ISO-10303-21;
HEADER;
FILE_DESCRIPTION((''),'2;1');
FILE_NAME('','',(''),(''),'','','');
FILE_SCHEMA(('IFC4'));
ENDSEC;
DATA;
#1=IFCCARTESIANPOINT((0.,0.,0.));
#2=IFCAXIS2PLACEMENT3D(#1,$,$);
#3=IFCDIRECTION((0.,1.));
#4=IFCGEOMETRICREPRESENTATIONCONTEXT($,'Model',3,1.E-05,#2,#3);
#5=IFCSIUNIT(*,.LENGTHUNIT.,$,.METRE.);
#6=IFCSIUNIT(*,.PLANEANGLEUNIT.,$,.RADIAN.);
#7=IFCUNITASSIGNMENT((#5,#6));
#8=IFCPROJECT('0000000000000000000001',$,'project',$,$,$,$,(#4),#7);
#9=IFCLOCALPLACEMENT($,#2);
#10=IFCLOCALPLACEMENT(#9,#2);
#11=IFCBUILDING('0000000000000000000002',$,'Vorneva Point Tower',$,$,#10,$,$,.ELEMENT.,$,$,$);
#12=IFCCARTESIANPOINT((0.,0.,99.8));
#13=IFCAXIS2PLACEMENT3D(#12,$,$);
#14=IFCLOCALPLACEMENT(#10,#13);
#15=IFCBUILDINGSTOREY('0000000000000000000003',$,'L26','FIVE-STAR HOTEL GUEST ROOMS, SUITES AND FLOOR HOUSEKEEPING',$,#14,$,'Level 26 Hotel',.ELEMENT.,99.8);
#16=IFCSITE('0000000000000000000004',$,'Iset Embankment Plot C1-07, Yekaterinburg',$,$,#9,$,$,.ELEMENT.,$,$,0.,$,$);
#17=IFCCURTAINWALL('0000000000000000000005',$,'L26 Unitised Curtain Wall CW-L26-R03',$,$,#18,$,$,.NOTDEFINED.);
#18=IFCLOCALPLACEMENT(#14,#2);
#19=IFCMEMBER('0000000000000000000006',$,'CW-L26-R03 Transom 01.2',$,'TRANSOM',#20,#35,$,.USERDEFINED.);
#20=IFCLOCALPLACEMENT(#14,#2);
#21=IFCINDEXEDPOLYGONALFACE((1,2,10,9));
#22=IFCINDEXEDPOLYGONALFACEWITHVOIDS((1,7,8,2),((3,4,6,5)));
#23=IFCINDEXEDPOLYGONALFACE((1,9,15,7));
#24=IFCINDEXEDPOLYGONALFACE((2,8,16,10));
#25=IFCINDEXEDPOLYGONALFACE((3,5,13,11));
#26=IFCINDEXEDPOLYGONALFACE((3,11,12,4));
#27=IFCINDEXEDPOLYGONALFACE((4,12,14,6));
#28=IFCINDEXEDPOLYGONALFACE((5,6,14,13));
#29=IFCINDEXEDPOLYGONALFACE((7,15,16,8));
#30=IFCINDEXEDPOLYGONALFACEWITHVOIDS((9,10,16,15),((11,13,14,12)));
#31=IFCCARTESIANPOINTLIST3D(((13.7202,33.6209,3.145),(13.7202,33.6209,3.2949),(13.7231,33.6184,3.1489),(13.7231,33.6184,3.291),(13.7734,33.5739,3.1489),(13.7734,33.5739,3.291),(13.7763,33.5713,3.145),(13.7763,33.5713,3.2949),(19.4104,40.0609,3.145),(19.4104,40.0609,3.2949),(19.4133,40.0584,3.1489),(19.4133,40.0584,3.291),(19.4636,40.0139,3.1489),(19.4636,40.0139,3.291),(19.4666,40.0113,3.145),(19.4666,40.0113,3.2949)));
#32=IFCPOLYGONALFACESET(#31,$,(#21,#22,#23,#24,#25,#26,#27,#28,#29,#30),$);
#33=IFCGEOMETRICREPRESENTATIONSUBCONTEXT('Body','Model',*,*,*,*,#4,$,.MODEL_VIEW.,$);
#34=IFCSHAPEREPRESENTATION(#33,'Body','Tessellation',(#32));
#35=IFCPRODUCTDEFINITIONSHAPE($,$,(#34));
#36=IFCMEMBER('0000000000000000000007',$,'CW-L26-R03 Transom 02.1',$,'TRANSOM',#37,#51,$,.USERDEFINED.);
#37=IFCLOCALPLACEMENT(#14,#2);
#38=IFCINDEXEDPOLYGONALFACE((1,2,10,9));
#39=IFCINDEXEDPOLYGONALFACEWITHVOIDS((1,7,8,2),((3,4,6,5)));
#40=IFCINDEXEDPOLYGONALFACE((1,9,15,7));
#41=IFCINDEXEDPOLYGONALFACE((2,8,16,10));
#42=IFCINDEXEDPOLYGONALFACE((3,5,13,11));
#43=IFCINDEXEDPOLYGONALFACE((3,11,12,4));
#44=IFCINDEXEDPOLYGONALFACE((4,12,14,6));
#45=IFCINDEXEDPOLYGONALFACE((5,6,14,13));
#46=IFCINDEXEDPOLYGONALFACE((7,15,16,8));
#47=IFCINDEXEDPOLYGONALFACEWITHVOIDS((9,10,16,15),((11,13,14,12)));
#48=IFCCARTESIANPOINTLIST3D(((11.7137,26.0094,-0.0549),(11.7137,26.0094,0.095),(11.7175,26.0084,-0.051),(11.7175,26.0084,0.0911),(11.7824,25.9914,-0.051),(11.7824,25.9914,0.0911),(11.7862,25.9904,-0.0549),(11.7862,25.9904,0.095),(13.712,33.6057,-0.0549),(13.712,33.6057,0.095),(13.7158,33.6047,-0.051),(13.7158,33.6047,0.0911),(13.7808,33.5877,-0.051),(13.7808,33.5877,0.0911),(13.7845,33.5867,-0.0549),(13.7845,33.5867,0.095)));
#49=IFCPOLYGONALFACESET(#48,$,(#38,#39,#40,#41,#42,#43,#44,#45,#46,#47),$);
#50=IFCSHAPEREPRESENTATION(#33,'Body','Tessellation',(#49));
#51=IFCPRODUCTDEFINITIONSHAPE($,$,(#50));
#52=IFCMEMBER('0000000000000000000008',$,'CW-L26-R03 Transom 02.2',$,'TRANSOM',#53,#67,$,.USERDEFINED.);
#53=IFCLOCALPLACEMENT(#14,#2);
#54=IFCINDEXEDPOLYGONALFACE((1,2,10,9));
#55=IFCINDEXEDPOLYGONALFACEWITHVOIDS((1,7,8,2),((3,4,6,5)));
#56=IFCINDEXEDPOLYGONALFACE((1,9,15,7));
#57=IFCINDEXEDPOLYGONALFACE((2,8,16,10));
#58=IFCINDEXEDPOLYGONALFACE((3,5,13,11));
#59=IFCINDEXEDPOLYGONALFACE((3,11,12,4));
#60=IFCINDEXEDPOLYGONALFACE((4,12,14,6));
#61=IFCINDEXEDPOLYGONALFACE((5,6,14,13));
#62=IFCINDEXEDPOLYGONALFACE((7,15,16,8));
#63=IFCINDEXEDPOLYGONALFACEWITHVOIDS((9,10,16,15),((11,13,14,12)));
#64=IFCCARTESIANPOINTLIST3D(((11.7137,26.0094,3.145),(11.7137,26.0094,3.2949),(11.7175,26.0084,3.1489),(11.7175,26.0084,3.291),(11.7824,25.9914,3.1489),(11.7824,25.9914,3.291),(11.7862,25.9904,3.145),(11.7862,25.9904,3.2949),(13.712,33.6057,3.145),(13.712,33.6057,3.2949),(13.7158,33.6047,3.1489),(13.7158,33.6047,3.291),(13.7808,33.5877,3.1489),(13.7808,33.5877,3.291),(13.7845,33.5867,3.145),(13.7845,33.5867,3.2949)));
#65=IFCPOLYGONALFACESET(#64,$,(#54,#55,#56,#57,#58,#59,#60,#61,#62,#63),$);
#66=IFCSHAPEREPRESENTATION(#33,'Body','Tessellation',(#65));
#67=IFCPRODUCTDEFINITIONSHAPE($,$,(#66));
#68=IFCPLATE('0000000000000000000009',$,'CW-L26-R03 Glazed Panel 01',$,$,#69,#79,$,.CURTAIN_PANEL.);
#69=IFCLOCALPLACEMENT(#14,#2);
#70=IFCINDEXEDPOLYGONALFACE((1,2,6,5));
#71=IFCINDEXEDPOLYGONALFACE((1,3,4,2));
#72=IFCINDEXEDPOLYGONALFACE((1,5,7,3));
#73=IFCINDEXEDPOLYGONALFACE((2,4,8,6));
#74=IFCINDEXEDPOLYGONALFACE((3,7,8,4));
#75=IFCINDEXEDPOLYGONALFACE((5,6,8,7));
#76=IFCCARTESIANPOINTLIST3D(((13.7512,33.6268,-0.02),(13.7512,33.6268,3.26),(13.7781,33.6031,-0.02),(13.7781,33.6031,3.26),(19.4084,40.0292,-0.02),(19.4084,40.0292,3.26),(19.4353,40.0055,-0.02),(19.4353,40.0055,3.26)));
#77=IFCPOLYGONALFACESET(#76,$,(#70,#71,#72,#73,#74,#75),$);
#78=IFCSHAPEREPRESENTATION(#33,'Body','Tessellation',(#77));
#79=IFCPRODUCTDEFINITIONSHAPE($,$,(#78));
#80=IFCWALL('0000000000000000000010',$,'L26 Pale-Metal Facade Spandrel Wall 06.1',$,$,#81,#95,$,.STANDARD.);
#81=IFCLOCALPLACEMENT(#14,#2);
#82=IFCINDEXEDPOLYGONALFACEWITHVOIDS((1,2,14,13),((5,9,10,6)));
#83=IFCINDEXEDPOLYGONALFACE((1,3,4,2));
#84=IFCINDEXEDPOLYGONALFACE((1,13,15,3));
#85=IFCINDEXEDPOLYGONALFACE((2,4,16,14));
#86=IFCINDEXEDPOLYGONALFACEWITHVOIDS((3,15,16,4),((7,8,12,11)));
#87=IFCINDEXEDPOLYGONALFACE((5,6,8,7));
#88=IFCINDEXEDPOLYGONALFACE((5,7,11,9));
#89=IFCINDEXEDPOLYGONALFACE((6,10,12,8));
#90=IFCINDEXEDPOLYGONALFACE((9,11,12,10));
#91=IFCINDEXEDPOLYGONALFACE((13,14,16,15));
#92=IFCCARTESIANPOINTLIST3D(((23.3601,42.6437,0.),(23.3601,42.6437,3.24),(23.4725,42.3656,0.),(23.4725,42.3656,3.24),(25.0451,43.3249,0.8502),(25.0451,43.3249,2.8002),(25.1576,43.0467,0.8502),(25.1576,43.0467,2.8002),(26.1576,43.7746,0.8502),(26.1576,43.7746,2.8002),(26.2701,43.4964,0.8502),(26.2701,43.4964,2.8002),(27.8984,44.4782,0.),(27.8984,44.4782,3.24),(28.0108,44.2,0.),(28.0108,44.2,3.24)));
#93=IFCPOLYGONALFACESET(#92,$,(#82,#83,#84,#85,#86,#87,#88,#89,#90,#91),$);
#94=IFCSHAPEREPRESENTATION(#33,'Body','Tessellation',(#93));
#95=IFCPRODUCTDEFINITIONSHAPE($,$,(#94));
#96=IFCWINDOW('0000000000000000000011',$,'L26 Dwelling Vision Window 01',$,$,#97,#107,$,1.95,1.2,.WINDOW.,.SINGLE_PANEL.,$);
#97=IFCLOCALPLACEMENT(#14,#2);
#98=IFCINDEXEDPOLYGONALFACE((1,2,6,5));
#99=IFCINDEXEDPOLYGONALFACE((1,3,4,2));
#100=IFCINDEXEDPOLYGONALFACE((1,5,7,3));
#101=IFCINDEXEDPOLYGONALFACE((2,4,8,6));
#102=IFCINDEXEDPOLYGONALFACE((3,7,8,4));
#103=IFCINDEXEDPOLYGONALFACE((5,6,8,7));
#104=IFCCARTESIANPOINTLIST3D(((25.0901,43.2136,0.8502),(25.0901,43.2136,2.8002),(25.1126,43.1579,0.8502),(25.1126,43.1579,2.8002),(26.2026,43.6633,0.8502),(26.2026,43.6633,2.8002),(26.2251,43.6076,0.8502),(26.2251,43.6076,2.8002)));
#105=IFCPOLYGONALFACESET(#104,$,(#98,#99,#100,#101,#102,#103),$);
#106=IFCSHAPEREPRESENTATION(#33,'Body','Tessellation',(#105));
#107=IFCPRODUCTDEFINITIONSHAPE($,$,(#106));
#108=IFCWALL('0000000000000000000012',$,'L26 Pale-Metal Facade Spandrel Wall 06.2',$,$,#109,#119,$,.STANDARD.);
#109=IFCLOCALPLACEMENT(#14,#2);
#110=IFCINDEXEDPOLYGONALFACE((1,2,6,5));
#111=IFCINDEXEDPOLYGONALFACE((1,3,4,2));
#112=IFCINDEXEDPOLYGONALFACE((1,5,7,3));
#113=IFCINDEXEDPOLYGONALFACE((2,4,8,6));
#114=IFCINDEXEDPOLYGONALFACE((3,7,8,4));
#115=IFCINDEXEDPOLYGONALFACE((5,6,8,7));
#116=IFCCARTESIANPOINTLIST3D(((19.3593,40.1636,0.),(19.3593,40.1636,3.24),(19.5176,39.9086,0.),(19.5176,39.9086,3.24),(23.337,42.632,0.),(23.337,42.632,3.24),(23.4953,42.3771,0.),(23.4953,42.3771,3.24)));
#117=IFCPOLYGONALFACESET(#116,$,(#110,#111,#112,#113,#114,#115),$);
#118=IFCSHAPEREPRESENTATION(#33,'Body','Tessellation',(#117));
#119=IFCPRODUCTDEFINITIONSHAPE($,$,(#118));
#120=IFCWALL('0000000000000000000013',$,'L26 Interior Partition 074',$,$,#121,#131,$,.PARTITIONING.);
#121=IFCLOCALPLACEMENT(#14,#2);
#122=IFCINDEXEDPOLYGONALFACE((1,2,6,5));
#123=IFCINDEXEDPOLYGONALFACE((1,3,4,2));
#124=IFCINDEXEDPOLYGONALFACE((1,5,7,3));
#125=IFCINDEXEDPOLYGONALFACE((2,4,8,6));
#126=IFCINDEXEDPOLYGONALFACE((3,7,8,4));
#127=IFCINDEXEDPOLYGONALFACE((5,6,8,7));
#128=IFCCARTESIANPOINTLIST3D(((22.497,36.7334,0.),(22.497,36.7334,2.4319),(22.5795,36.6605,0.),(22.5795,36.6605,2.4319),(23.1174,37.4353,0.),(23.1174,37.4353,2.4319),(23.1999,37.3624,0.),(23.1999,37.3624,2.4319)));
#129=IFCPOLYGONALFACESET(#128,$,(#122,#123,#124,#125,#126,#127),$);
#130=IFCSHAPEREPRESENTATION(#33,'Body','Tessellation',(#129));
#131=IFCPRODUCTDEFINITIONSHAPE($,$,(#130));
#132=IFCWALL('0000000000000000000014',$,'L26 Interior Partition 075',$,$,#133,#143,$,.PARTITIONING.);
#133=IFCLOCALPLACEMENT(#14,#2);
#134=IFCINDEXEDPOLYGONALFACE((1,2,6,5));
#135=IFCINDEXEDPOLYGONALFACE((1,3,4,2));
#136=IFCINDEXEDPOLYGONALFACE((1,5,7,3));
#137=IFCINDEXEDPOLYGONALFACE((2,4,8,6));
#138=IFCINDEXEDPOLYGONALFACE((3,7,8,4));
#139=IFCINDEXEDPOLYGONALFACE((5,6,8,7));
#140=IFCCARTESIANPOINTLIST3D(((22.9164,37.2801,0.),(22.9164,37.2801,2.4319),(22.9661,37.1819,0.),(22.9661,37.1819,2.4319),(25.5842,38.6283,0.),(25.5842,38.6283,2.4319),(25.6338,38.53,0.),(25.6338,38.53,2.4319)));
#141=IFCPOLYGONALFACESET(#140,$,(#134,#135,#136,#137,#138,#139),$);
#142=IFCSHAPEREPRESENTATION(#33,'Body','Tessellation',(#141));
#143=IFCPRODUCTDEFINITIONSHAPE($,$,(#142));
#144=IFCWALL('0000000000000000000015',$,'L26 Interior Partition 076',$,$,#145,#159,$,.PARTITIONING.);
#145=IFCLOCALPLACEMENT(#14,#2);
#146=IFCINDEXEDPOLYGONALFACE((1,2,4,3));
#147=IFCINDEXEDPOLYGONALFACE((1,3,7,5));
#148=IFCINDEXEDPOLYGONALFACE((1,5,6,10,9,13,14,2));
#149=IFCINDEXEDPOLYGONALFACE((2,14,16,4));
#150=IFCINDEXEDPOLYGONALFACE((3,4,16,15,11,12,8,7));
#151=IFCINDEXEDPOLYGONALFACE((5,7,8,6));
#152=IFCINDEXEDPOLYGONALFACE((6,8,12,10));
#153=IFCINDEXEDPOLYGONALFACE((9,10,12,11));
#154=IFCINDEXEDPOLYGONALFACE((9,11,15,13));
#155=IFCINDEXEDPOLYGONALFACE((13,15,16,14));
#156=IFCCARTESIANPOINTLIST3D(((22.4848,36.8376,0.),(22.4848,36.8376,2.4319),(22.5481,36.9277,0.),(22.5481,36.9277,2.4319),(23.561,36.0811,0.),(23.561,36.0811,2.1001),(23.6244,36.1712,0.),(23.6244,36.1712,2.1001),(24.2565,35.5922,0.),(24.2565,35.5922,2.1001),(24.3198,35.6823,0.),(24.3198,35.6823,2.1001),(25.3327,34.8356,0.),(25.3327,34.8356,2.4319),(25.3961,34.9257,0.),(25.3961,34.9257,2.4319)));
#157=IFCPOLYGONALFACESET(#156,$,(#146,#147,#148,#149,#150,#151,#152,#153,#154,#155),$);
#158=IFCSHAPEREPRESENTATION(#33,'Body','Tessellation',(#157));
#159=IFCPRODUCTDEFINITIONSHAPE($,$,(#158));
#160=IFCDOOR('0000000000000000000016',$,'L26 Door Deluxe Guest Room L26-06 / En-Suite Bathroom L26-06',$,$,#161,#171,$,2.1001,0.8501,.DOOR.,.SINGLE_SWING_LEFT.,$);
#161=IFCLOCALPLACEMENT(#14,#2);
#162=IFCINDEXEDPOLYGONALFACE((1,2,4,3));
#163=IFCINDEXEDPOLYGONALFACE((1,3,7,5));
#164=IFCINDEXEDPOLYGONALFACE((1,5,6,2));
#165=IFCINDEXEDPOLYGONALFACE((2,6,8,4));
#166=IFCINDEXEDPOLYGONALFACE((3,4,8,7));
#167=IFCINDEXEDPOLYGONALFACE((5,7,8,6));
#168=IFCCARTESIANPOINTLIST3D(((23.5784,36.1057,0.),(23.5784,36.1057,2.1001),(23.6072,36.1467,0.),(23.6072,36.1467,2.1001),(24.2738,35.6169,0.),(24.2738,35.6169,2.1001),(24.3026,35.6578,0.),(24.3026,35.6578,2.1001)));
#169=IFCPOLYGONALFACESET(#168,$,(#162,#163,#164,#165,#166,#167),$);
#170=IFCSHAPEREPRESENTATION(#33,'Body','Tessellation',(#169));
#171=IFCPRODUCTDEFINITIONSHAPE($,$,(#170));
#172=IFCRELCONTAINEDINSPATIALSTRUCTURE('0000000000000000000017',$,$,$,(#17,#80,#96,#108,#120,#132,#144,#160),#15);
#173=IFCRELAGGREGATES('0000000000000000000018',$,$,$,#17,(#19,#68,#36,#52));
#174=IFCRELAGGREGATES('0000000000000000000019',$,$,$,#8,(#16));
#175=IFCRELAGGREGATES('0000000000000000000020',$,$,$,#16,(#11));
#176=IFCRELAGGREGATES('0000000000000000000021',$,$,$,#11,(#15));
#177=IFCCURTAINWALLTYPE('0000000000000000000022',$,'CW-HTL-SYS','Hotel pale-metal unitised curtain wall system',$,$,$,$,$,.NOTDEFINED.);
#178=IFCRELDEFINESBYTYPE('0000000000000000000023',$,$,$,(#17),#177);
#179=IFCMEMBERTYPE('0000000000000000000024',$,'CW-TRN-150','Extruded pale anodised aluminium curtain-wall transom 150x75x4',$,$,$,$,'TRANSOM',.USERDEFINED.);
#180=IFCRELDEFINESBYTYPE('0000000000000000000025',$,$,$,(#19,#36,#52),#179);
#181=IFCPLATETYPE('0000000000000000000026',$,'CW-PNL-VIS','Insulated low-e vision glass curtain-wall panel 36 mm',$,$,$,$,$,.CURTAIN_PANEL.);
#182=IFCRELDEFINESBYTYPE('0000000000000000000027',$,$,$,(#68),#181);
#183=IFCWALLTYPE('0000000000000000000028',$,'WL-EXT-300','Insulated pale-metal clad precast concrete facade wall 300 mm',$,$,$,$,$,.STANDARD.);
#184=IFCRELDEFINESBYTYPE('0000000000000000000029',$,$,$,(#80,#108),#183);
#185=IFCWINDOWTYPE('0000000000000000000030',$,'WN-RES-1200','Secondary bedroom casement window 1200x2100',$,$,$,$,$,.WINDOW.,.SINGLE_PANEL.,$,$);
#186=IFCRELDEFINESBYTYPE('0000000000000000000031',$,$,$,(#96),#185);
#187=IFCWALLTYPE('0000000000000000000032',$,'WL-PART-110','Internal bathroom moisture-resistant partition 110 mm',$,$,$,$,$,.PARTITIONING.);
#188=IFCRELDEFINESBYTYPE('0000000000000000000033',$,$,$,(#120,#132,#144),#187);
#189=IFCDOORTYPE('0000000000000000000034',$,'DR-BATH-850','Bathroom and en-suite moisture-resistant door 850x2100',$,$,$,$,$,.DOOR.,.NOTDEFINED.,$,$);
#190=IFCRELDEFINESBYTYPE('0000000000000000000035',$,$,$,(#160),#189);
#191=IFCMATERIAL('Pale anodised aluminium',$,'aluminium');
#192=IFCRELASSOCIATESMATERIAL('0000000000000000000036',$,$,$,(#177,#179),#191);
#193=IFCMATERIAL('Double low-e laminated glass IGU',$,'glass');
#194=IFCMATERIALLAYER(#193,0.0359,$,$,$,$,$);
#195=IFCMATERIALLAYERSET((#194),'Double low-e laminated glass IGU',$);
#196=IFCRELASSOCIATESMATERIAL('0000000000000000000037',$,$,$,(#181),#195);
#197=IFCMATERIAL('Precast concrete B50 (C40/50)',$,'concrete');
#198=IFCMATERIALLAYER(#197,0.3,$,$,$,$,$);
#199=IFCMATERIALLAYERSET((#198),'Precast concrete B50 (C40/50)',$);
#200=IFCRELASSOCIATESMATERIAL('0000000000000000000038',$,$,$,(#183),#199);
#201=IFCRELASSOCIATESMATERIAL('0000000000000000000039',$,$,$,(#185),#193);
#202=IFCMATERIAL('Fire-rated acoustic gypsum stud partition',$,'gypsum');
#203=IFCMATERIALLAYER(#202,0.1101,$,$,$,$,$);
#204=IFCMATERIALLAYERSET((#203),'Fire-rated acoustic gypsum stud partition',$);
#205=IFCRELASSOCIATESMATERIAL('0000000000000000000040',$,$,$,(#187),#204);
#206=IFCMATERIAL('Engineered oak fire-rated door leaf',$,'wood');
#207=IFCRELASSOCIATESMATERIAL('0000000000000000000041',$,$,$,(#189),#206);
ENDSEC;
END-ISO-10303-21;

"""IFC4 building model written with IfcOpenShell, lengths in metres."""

from ifc_helpers import new_model, si_unit, direction, frame, frame_2d, origin, origin_2d, place, context, subcontext, project, spatial, rectangle, hollow_rectangle, extrude, material, layer, layer_set, material_profile, profile_set, type_object, element, fill, aggregate, save


model = new_model("IFC4")

# Units and contexts
model_context = context("Model", 3, precision=1e-05, world=origin(), true_north=direction((0.0, 1.0)))
body_context = subcontext(model_context, "Body", "Model", "MODEL_VIEW")
ifc_project = project(units=[si_unit("LENGTHUNIT", "METRE"), si_unit("PLANEANGLEUNIT", "RADIAN")], contexts=[model_context])

# Site, building, storey
site_placement = place(None, origin())
site = spatial("IfcSite", under=ifc_project, at=site_placement, Name="Iset Embankment Plot C1-07, Yekaterinburg", CompositionType="ELEMENT", RefElevation=0.0)
building_placement = place(site_placement, origin())
building = spatial("IfcBuilding", under=site, at=building_placement, Name="Vorneva Point Tower", CompositionType="ELEMENT")
storey_placement = place(building_placement, frame((0.0, 0.0, 99.8)))
storey = spatial("IfcBuildingStorey", under=building, at=storey_placement, Name="L26", Description="FIVE-STAR HOTEL GUEST ROOMS, SUITES AND FLOOR HOUSEKEEPING", LongName="Level 26 Hotel", CompositionType="ELEMENT", Elevation=99.8)

# Shared definitions
ifc_material_1 = material(Name="Pale anodised aluminium", Category="aluminium")
curtain_wall_type = type_object("IfcCurtainWallType", Name="CW-HTL-SYS", Description="Hotel pale-metal unitised curtain wall system", PredefinedType="NOTDEFINED", material=ifc_material_1)

# Curtain wall, members, plate
curtain_wall_1_placement = place(storey_placement, origin())
curtain_wall_1 = element("IfcCurtainWall", 1, at=curtain_wall_1_placement, inside=storey, type_object=curtain_wall_type, Name="L26 Unitised Curtain Wall CW-L26-R03", PredefinedType="NOTDEFINED")
ifc_material_profile_1 = material_profile(ifc_material_1, hollow_rectangle(XDim=0.075, YDim=0.1499, WallThickness=0.0039, at=origin_2d()), Name="AL-TRN 150x75x4")
ifc_profile_set_1 = profile_set([ifc_material_profile_1], Name="Pale anodised aluminium")
member_type_1 = type_object("IfcMemberType", Name="CW-TRN-150", Description="Extruded pale anodised aluminium curtain-wall transom 150x75x4", ElementType="TRANSOM", PredefinedType="USERDEFINED", material=ifc_profile_set_1)
member_1_placement = place(storey_placement, frame((19.4385, 40.0361, 3.22), z_axis=(-0.662137, -0.749383, 0.0), x_axis=(0.749383, -0.662137, 0.0)))
member_1 = element("IfcMember", 2, at=member_1_placement, type_object=member_type_1, Name="CW-L26-R03 Transom 01.2", ObjectType="TRANSOM", PredefinedType="USERDEFINED", context=body_context, shape_type="SweptSolid", body=[
    extrude(hollow_rectangle(XDim=0.075, YDim=0.1499, WallThickness=0.0039, at=origin_2d()), origin(), (0.0, 0.0, 1.0), 8.5938),
])
member_2_placement = place(storey_placement, frame((13.7483, 33.5962, 0.02), z_axis=(-0.254409, -0.967097, 0.0), x_axis=(0.967097, -0.254409, 0.0)))
member_2 = element("IfcMember", 3, at=member_2_placement, type_object=member_type_1, Name="CW-L26-R03 Transom 02.1", ObjectType="TRANSOM", PredefinedType="USERDEFINED", context=body_context, shape_type="SweptSolid", body=[
    extrude(hollow_rectangle(XDim=0.075, YDim=0.1499, WallThickness=0.0039, at=origin_2d()), origin(), (0.0, 0.0, 1.0), 7.8547),
])
member_3_placement = place(storey_placement, frame((13.7483, 33.5962, 3.22), z_axis=(-0.254409, -0.967097, 0.0), x_axis=(0.967097, -0.254409, 0.0)))
member_3 = element("IfcMember", 4, at=member_3_placement, type_object=member_type_1, Name="CW-L26-R03 Transom 02.2", ObjectType="TRANSOM", PredefinedType="USERDEFINED", context=body_context, shape_type="SweptSolid", body=[
    extrude(hollow_rectangle(XDim=0.075, YDim=0.1499, WallThickness=0.0039, at=origin_2d()), origin(), (0.0, 0.0, 1.0), 7.8547),
])
ifc_material_2 = material(Name="Double low-e laminated glass IGU", Category="glass")
ifc_layer_1 = layer(ifc_material_2, 0.0359)
ifc_layer_set_1 = layer_set([ifc_layer_1], Name="Double low-e laminated glass IGU")
plate_type = type_object("IfcPlateType", Name="CW-PNL-VIS", Description="Insulated low-e vision glass curtain-wall panel 36 mm", PredefinedType="CURTAIN_PANEL", material=ifc_layer_set_1)
plate_placement = place(storey_placement, frame((16.5933, 36.8162, -0.02), z_axis=(0.0, 0.0, 1.0), x_axis=(-0.662149, -0.749372, 0.0)))
plate = element("IfcPlate", 5, at=plate_placement, type_object=plate_type, Name="CW-L26-R03 Glazed Panel 01", PredefinedType="CURTAIN_PANEL", context=body_context, shape_type="SweptSolid", body=[
    extrude(rectangle(XDim=8.5437, YDim=0.0359, at=origin_2d()), origin(), (0.0, 0.0, 1.0), 3.28),
])
aggregate(curtain_wall_1, [member_1, plate, member_2, member_3])

# Wall, opening, window
ifc_material_3 = material(Name="Precast concrete B50 (C40/50)", Category="concrete")
ifc_layer_2 = layer(ifc_material_3, 0.3)
ifc_layer_set_2 = layer_set([ifc_layer_2], Name="Precast concrete B50 (C40/50)")
wall_type_1 = type_object("IfcWallType", Name="WL-EXT-300", Description="Insulated pale-metal clad precast concrete facade wall 300 mm", PredefinedType="STANDARD", material=ifc_layer_set_2)
wall_1_placement = place(storey_placement, frame((27.9546, 44.3391, 0.0), z_axis=(0.0, 0.0, 1.0), x_axis=(-0.927122, -0.374759, 0.0)))
wall_1 = element("IfcWall", 6, at=wall_1_placement, inside=storey, type_object=wall_type_1, Name="L26 Pale-Metal Facade Spandrel Wall 06.1", PredefinedType="STANDARD", context=body_context, shape_type="SweptSolid", body=[
    extrude(rectangle(XDim=4.895, YDim=0.3, at=frame_2d((2.4475, 0.0))), origin(), (0.0, 0.0, 1.0), 3.24),
])
opening_1_placement = place(wall_1_placement, frame((1.8774, 0.0, 0.8501)))
opening_1 = element("IfcOpeningElement", 7, at=opening_1_placement, cuts=wall_1, PredefinedType="OPENING", context=body_context, shape_type="SweptSolid", body=[
    extrude(rectangle(XDim=1.2, YDim=1.95, at=frame_2d((0.6001, 0.9751))), frame((0.0, 0.165, 0.0), z_axis=(0.0, -1.0, 0.0), x_axis=(1.0, 0.0, 0.0)), (0.0, 0.0, 1.0), 0.3298),
])
window_type = type_object("IfcWindowType", Name="WN-RES-1200", Description="Secondary bedroom casement window 1200x2100", PartitioningType="SINGLE_PANEL", PredefinedType="WINDOW", material=ifc_material_2)
window_placement = place(opening_1_placement, origin())
window = element("IfcWindow", 8, at=window_placement, inside=storey, type_object=window_type, Name="L26 Dwelling Vision Window 01", OverallHeight=1.95, OverallWidth=1.2, PartitioningType="SINGLE_PANEL", PredefinedType="WINDOW", context=body_context, shape_type="SweptSolid", body=[
    extrude(rectangle(XDim=1.2, YDim=1.95, at=frame_2d((0.6001, 0.9751))), frame((0.0, 0.03, 0.0), z_axis=(0.0, -1.0, 0.0), x_axis=(1.0, 0.0, 0.0)), (0.0, 0.0, 1.0), 0.0601),
])
fill(opening_1, window)

# Walls
wall_2_placement = place(storey_placement, frame((23.4163, 42.5046, 0.0), z_axis=(0.0, 0.0, 1.0), x_axis=(-0.849684, -0.527291, 0.0)))
element("IfcWall", 9, at=wall_2_placement, inside=storey, type_object=wall_type_1, Name="L26 Pale-Metal Facade Spandrel Wall 06.2", PredefinedType="STANDARD", context=body_context, shape_type="SweptSolid", body=[
    extrude(rectangle(XDim=4.6814, YDim=0.3, at=frame_2d((2.3408, 0.0))), origin(), (0.0, 0.0, 1.0), 3.24),
])
ifc_material_4 = material(Name="Fire-rated acoustic gypsum stud partition", Category="gypsum")
ifc_layer_3 = layer(ifc_material_4, 0.1101)
ifc_layer_set_3 = layer_set([ifc_layer_3], Name="Fire-rated acoustic gypsum stud partition")
wall_type_2 = type_object("IfcWallType", Name="WL-PART-110", Description="Internal bathroom moisture-resistant partition 110 mm", PredefinedType="PARTITIONING", material=ifc_layer_set_3)
wall_3_placement = place(storey_placement, frame((22.5383, 36.697, 0.0), z_axis=(0.0, 0.0, 1.0), x_axis=(0.662242, 0.74929, 0.0)))
element("IfcWall", 10, at=wall_3_placement, inside=storey, type_object=wall_type_2, Name="L26 Interior Partition 074", PredefinedType="PARTITIONING", context=body_context, shape_type="SweptSolid", body=[
    extrude(rectangle(XDim=0.9368, YDim=0.1101, at=frame_2d((0.4683, 0.0))), origin(), (0.0, 0.0, 1.0), 2.4319),
])
wall_4_placement = place(storey_placement, frame((22.9412, 37.231, 0.0), z_axis=(0.0, 0.0, 1.0), x_axis=(0.892508, 0.451032, 0.0)))
element("IfcWall", 11, at=wall_4_placement, inside=storey, type_object=wall_type_2, Name="L26 Interior Partition 075", PredefinedType="PARTITIONING", context=body_context, shape_type="SweptSolid", body=[
    extrude(rectangle(XDim=2.989, YDim=0.1101, at=frame_2d((1.4946, 0.0))), origin(), (0.0, 0.0, 1.0), 2.4319),
])

# Wall, opening, door
wall_5_placement = place(storey_placement, frame((25.3645, 34.8806, 0.0), z_axis=(0.0, 0.0, 1.0), x_axis=(-0.818094, 0.575085, 0.0)))
wall_5 = element("IfcWall", 12, at=wall_5_placement, inside=storey, type_object=wall_type_2, Name="L26 Interior Partition 076", PredefinedType="PARTITIONING", context=body_context, shape_type="SweptSolid", body=[
    extrude(rectangle(XDim=3.4812, YDim=0.1101, at=frame_2d((1.7407, 0.0))), origin(), (0.0, 0.0, 1.0), 2.4319),
])
opening_2_placement = place(wall_5_placement, frame((1.3157, 0.0, 0.0)))
opening_2 = element("IfcOpeningElement", 13, at=opening_2_placement, cuts=wall_5, PredefinedType="OPENING", context=body_context, shape_type="SweptSolid", body=[
    extrude(rectangle(XDim=0.8501, YDim=2.1001, at=frame_2d((0.425, 1.05))), frame((0.0, 0.0698, 0.0), z_axis=(0.0, -1.0, 0.0), x_axis=(1.0, 0.0, 0.0)), (0.0, 0.0, 1.0), 0.1399),
])
ifc_material_5 = material(Name="Engineered oak fire-rated door leaf", Category="wood")
door_type_1 = type_object("IfcDoorType", Name="DR-BATH-850", Description="Bathroom and en-suite moisture-resistant door 850x2100", OperationType="NOTDEFINED", PredefinedType="DOOR", material=ifc_material_5)
door_1_placement = place(opening_2_placement, origin())
door_1 = element("IfcDoor", 14, at=door_1_placement, inside=storey, type_object=door_type_1, Name="L26 Door Deluxe Guest Room L26-06 / En-Suite Bathroom L26-06", OperationType="SINGLE_SWING_LEFT", OverallHeight=2.1001, OverallWidth=0.8501, PredefinedType="DOOR", context=body_context, shape_type="SweptSolid", body=[
    extrude(rectangle(XDim=0.8501, YDim=2.1001, at=frame_2d((0.425, 1.05))), frame((0.0, 0.0249, 0.0), z_axis=(0.0, -1.0, 0.0), x_axis=(1.0, 0.0, 0.0)), (0.0, 0.0, 1.0), 0.05),
])
fill(opening_2, door_1)

save(model, "model.ifc")
